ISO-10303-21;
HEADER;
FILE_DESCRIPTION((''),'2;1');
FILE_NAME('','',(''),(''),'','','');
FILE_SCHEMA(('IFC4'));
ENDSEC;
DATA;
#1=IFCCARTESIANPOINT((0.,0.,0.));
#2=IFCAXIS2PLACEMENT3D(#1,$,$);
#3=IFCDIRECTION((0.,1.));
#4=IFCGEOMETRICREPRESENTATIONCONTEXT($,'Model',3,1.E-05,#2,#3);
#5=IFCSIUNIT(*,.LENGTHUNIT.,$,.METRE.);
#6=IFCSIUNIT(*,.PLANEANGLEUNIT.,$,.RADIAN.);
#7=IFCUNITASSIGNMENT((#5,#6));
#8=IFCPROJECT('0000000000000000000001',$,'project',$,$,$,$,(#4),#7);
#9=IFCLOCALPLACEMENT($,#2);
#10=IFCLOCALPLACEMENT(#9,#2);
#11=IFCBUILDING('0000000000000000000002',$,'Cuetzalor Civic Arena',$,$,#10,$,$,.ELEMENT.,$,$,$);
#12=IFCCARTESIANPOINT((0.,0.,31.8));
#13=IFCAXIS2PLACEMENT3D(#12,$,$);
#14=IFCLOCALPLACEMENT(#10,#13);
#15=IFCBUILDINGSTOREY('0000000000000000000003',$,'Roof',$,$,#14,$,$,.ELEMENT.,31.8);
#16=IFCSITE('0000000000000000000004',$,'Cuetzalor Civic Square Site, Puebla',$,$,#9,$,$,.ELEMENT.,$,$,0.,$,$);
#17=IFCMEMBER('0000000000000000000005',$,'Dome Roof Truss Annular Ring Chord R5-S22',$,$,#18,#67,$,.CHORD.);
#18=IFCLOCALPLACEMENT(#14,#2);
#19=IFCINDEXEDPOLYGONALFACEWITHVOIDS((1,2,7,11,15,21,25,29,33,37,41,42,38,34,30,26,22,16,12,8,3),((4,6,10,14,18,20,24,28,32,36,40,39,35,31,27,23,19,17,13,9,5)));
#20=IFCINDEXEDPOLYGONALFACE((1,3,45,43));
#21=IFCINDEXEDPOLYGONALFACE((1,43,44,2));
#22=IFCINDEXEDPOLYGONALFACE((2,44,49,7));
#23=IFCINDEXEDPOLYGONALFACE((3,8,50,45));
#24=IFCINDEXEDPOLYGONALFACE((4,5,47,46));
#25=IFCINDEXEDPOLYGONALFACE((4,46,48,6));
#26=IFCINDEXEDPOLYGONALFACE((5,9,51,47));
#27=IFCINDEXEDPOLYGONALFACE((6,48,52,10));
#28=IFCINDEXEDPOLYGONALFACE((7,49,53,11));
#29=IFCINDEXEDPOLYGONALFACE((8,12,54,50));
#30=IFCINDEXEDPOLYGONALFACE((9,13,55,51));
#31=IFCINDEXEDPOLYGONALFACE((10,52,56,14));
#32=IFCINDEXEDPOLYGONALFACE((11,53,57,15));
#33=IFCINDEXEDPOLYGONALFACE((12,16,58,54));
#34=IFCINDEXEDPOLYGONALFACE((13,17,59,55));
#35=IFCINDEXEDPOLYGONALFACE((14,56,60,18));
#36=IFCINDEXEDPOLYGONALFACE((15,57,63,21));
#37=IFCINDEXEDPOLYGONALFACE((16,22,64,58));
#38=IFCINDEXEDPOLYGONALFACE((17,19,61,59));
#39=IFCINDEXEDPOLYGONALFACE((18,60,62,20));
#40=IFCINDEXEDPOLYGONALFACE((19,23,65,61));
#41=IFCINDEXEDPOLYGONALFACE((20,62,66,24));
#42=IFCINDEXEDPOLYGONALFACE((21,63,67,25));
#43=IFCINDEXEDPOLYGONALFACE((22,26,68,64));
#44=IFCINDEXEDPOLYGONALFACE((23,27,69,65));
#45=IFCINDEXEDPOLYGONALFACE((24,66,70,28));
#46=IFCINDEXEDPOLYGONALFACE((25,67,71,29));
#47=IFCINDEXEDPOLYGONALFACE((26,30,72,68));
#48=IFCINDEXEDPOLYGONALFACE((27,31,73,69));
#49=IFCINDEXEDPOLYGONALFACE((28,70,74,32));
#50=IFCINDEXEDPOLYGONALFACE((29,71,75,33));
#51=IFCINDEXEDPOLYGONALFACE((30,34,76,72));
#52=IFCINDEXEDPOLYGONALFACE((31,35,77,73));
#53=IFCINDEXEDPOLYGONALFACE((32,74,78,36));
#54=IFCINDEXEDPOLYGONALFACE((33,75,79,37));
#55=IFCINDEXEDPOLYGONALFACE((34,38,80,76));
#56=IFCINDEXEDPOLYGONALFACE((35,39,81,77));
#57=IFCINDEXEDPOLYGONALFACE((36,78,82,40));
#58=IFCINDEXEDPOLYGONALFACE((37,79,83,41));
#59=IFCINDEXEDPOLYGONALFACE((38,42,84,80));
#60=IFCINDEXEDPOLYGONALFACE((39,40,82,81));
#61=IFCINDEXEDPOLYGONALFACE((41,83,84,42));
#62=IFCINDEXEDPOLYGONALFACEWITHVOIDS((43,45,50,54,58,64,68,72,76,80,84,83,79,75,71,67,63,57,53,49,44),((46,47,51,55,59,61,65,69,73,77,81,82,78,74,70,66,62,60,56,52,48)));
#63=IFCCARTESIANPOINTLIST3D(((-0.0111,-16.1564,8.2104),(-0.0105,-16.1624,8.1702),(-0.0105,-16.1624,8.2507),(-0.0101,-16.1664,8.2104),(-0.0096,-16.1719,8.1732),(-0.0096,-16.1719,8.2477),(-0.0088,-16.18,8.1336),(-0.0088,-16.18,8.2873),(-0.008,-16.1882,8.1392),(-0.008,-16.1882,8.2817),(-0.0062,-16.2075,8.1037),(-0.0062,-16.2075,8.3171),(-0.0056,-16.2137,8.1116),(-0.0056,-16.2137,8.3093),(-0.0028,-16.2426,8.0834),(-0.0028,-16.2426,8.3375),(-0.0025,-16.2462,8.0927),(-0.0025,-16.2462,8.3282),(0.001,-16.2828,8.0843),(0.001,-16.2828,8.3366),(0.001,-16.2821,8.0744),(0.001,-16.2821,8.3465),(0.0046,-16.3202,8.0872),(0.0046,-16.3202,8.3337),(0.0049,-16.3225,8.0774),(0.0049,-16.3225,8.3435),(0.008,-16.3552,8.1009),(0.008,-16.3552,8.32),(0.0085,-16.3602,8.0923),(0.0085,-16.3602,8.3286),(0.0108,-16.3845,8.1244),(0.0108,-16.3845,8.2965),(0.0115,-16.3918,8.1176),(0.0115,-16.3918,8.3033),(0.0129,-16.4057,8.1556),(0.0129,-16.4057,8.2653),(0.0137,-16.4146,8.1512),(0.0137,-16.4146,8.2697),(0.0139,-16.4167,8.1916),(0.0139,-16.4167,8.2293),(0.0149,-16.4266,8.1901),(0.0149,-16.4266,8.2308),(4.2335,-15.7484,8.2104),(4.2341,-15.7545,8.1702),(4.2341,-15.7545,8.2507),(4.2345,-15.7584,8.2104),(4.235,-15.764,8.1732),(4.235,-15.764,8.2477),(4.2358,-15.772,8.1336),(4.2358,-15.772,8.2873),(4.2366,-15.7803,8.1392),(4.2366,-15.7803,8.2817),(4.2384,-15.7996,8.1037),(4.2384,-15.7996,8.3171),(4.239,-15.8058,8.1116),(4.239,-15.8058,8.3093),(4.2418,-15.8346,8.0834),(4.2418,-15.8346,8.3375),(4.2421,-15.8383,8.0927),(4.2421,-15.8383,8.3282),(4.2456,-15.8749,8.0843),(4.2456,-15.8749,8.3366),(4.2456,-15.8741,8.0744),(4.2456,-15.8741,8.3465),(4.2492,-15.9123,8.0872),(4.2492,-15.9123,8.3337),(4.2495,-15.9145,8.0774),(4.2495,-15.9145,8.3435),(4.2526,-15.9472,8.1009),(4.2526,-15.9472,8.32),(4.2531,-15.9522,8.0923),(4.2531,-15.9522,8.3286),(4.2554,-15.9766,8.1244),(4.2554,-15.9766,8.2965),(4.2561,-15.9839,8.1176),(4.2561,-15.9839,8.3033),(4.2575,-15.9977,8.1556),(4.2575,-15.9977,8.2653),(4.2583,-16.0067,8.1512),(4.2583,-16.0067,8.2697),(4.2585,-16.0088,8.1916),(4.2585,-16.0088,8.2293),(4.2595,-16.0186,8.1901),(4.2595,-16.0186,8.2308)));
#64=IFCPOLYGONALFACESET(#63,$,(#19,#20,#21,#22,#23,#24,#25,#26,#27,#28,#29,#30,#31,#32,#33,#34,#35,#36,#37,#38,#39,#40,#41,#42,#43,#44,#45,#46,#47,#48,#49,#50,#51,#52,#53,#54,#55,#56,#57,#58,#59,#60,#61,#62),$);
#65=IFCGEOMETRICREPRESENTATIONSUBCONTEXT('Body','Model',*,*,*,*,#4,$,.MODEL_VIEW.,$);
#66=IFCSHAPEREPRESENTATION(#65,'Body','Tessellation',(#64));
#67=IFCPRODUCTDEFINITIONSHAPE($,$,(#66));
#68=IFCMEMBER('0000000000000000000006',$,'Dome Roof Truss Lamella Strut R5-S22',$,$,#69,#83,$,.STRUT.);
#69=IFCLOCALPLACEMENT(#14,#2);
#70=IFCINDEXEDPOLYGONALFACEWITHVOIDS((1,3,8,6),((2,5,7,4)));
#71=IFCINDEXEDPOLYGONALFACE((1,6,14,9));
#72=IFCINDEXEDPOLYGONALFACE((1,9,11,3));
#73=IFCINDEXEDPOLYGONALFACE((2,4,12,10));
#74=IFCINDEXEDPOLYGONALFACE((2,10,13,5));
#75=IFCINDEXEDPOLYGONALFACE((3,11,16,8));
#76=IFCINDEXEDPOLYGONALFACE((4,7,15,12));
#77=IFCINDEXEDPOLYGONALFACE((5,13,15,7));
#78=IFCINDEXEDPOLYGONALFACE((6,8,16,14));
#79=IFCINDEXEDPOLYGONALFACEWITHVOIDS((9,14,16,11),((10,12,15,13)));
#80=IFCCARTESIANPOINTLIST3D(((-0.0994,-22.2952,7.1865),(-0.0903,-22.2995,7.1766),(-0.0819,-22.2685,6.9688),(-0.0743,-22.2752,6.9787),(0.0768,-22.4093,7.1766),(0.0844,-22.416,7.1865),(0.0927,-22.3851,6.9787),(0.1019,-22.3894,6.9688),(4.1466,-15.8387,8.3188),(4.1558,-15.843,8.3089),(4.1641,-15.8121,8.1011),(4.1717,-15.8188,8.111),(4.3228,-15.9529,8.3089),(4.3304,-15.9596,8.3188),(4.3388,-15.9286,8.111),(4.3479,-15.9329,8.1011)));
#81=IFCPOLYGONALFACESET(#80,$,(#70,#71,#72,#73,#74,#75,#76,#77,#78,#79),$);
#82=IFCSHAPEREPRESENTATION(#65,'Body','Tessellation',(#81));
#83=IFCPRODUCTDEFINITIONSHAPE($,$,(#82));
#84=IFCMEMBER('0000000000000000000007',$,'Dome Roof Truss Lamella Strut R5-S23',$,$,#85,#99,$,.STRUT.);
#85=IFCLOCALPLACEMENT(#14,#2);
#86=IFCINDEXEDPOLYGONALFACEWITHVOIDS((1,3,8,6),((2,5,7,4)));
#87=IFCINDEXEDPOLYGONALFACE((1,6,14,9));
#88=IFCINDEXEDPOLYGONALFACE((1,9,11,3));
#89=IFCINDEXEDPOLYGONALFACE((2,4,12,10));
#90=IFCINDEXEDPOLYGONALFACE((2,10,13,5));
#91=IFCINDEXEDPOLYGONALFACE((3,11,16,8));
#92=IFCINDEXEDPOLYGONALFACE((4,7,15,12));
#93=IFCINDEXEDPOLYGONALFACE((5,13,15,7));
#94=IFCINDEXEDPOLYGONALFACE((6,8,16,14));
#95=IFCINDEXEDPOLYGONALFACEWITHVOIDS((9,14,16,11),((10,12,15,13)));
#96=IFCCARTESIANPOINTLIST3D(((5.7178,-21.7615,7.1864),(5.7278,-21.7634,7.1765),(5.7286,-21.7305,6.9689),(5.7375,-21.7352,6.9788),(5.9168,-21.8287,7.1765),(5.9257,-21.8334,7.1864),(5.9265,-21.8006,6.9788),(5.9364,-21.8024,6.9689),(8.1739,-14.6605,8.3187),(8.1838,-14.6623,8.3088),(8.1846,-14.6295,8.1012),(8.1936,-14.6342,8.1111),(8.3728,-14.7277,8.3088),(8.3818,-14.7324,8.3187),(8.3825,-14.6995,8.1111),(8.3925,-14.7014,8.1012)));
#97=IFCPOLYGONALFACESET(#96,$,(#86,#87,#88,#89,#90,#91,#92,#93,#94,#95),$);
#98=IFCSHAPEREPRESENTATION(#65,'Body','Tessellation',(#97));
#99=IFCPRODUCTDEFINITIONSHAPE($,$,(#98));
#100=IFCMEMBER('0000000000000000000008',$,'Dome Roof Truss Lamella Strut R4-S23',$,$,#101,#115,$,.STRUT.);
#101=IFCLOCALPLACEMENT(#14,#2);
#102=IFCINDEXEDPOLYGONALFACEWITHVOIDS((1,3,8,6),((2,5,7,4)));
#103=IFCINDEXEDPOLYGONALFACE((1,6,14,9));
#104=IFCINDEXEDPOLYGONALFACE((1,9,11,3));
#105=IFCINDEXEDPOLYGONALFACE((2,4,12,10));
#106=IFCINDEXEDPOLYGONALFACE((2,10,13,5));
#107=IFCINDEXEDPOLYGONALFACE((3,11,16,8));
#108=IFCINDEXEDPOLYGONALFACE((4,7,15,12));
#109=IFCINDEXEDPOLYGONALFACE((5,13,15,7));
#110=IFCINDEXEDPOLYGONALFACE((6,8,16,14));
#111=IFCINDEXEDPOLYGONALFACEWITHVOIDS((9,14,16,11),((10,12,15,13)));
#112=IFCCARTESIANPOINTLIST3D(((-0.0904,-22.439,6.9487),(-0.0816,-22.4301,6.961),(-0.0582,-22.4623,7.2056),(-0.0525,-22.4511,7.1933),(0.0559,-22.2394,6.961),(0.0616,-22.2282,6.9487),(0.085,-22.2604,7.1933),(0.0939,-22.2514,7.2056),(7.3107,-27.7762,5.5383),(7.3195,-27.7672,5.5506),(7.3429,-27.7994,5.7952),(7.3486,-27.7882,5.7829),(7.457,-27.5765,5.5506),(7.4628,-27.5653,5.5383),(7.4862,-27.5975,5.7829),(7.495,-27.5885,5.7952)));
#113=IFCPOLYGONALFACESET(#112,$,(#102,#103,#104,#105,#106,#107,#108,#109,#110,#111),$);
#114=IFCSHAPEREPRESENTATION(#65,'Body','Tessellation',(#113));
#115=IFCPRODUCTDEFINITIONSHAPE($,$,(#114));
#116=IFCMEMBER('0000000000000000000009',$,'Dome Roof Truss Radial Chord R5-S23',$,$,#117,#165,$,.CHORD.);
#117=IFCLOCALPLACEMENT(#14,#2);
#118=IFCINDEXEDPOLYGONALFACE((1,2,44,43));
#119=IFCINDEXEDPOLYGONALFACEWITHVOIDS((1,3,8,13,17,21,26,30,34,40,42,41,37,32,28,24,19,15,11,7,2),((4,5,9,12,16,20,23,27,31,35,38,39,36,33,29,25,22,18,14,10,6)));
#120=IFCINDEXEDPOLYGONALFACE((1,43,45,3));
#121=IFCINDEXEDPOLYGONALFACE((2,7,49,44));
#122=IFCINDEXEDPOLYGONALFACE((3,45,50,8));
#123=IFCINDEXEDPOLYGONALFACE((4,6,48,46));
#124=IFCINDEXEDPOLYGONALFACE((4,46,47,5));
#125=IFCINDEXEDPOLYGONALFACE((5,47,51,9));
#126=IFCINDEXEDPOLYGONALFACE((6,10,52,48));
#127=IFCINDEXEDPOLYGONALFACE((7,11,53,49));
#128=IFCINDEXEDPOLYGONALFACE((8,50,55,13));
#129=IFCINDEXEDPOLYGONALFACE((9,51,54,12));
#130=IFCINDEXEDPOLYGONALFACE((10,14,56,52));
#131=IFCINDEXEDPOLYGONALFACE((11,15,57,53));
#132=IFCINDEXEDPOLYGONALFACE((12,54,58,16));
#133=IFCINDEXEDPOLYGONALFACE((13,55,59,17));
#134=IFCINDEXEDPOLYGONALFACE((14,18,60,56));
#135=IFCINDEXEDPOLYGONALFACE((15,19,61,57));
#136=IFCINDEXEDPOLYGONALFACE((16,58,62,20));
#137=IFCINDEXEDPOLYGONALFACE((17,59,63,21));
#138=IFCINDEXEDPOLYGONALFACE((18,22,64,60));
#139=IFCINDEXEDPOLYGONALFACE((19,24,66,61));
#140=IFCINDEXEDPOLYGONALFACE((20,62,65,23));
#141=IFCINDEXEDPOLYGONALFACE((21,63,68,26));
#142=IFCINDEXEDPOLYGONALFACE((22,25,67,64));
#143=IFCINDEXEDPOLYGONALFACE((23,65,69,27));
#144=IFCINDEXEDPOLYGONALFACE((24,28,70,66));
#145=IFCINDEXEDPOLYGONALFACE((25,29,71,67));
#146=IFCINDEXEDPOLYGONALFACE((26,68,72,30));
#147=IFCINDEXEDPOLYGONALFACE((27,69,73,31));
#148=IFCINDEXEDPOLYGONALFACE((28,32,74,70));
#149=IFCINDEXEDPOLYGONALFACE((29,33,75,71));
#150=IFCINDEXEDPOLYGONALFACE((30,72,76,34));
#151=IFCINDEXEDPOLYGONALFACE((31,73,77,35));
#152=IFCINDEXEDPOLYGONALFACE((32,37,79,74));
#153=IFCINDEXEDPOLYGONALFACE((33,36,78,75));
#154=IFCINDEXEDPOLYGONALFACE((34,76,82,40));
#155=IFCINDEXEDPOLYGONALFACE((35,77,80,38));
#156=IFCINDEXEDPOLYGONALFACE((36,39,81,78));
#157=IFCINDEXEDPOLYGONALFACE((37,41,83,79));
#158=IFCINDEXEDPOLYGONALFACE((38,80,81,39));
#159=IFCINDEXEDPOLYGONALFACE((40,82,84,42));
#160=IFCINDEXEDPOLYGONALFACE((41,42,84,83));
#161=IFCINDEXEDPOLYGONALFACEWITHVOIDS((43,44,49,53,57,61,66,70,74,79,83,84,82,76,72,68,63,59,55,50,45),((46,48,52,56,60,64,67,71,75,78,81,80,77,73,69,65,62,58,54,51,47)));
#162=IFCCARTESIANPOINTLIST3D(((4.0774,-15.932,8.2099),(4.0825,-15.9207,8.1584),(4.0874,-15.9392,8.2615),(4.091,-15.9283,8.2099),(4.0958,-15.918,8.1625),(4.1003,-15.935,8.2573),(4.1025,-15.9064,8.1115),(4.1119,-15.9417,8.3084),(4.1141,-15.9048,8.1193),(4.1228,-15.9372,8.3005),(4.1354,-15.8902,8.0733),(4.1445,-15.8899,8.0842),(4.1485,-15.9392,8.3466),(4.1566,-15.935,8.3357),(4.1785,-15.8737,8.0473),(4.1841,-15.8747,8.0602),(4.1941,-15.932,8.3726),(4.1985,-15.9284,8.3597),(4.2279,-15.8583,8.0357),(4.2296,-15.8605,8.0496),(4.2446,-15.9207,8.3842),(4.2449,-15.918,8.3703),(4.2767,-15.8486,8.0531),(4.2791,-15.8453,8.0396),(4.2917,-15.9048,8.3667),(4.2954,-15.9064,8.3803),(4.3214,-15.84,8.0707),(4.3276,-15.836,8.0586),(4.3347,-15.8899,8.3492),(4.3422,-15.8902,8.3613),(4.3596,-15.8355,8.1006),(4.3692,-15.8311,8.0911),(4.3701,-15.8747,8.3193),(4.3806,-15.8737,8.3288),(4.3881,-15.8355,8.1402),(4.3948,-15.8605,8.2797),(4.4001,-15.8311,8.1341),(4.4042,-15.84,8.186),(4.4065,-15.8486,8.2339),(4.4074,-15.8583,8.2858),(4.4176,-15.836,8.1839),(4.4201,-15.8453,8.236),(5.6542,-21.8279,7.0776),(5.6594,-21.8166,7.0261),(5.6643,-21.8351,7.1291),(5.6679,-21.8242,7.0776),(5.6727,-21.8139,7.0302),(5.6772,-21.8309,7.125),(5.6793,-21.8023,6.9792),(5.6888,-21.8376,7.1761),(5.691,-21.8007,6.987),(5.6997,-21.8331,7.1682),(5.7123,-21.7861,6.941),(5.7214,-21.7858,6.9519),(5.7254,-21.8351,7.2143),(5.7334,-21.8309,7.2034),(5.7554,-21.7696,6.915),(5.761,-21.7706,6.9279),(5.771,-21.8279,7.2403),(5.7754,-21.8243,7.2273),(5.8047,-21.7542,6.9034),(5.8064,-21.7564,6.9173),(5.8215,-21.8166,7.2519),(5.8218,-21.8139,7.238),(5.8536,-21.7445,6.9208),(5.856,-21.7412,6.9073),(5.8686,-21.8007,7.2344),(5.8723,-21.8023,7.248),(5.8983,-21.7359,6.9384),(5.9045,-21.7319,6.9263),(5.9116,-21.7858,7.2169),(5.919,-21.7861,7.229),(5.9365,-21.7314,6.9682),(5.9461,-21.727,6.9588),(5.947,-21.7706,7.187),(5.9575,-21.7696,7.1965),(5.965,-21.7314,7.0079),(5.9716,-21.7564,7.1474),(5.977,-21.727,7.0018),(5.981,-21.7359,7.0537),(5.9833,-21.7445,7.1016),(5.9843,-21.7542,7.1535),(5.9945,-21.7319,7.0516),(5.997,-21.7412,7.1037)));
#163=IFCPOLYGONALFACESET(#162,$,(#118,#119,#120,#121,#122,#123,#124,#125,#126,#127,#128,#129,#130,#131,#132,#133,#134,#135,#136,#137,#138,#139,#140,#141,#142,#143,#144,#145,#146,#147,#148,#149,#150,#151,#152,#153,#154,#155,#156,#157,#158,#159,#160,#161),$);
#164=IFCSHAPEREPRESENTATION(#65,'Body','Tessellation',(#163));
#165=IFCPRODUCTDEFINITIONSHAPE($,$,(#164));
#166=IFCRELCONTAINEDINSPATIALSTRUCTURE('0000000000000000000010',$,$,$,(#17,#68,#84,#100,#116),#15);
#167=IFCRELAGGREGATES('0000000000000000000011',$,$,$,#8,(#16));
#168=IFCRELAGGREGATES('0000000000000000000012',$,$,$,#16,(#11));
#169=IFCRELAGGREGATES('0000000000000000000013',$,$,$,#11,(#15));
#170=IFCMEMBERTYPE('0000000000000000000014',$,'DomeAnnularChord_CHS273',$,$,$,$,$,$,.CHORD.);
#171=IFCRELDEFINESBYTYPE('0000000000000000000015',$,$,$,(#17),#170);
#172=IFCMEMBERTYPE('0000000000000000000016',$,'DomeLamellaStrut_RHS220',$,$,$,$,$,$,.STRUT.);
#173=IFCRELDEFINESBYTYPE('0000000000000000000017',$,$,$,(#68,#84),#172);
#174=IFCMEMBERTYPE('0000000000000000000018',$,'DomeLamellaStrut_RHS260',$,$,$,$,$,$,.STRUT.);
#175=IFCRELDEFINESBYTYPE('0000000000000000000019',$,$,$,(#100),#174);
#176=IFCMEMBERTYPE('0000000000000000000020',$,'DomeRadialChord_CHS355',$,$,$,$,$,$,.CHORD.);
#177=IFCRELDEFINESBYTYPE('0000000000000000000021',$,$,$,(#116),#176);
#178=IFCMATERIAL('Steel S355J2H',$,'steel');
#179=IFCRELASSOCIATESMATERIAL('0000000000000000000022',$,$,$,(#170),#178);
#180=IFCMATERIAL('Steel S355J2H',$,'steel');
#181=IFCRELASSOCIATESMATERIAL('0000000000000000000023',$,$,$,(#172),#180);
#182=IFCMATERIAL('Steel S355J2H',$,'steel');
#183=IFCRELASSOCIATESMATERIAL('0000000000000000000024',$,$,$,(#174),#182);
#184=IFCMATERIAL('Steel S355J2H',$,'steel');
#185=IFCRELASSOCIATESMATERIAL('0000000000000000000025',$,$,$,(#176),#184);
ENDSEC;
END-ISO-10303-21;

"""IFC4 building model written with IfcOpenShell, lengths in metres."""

from ifc_helpers import new_model, si_unit, direction, frame, origin, origin_2d, place, context, subcontext, project, spatial, hollow_rectangle, hollow_circle, extrude, material, material_profile, profile_set, type_object, element, save


model = new_model("IFC4")

# Units and contexts
model_context = context("Model", 3, precision=1e-05, world=origin(), true_north=direction((0.0, 1.0)))
body_context = subcontext(model_context, "Body", "Model", "MODEL_VIEW")
ifc_project = project(units=[si_unit("LENGTHUNIT", "METRE"), si_unit("PLANEANGLEUNIT", "RADIAN")], contexts=[model_context])

# Site, building, storey
site_placement = place(None, origin())
site = spatial("IfcSite", under=ifc_project, at=site_placement, Name="Cuetzalor Civic Square Site, Puebla", CompositionType="ELEMENT", RefElevation=0.0)
building_placement = place(site_placement, origin())
building = spatial("IfcBuilding", under=site, at=building_placement, Name="Cuetzalor Civic Arena", CompositionType="ELEMENT")
storey_placement = place(building_placement, frame((0.0, 0.0, 31.8)))
storey = spatial("IfcBuildingStorey", under=building, at=storey_placement, Name="Roof", CompositionType="ELEMENT", Elevation=31.8)

# Members
ifc_material_1 = material(Name="Steel S355J2H", Category="steel")
ifc_material_profile_1 = material_profile(ifc_material_1, hollow_circle(Radius=0.1365, WallThickness=0.01, at=origin_2d()), Name="CHS 273x10")
ifc_profile_set_1 = profile_set([ifc_material_profile_1], Name="Steel S355J2H")
member_type_1 = type_object("IfcMemberType", Name="DomeAnnularChord_CHS273", PredefinedType="CHORD", material=ifc_profile_set_1)
member_1_placement = place(storey_placement, frame((0.002, -16.2922, 8.2104), z_axis=(0.995413, 0.095671, 0.0), x_axis=(-0.095671, 0.995413, 0.0)))
element("IfcMember", 1, at=member_1_placement, inside=storey, type_object=member_type_1, Name="Dome Roof Truss Annular Ring Chord R5-S22", PredefinedType="CHORD", context=body_context, shape_type="SweptSolid", body=[
    extrude(hollow_circle(Radius=0.1365, WallThickness=0.01, at=origin_2d()), origin(), (0.0, 0.0, 1.0), 4.2642),
])
ifc_material_2 = material(Name="Steel S355J2H", Category="steel")
ifc_material_profile_2 = material_profile(ifc_material_2, hollow_rectangle(XDim=0.22, YDim=0.22, WallThickness=0.01, at=origin_2d()), Name="RHS 220x220x10")
ifc_profile_set_2 = profile_set([ifc_material_profile_2], Name="Steel S355J2H")
member_type_2 = type_object("IfcMemberType", Name="DomeLamellaStrut_RHS220", PredefinedType="STRUT", material=ifc_profile_set_2)
member_2_placement = place(storey_placement, frame((0.0012, -22.3423, 7.0776), z_axis=(0.543664, 0.826686, 0.144981), x_axis=(-0.835514, 0.549469, 0.0)))
element("IfcMember", 2, at=member_2_placement, inside=storey, type_object=member_type_2, Name="Dome Roof Truss Lamella Strut R5-S22", PredefinedType="STRUT", context=body_context, shape_type="SweptSolid", body=[
    extrude(hollow_rectangle(XDim=0.22, YDim=0.22, WallThickness=0.01, at=origin_2d()), origin(), (0.0, 0.0, 1.0), 7.8101),
])
member_3_placement = place(storey_placement, frame((5.8271, -21.782, 7.0776), z_axis=(0.323222, 0.934517, 0.149016), x_axis=(-0.945069, 0.326872, 0.0)))
element("IfcMember", 3, at=member_3_placement, inside=storey, type_object=member_type_2, Name="Dome Roof Truss Lamella Strut R5-S23", PredefinedType="STRUT", context=body_context, shape_type="SweptSolid", body=[
    extrude(hollow_rectangle(XDim=0.22, YDim=0.22, WallThickness=0.01, at=origin_2d()), origin(), (0.0, 0.0, 1.0), 7.5986),
])
ifc_material_3 = material(Name="Steel S355J2H", Category="steel")
ifc_material_profile_3 = material_profile(ifc_material_3, hollow_rectangle(XDim=0.26, YDim=0.26, WallThickness=0.0125, at=origin_2d()), Name="RHS 260x260x12.5")
ifc_profile_set_3 = profile_set([ifc_material_profile_3], Name="Steel S355J2H")
member_type_3 = type_object("IfcMemberType", Name="DomeLamellaStrut_RHS260", PredefinedType="STRUT", material=ifc_profile_set_3)
member_4_placement = place(storey_placement, frame((7.4028, -27.6824, 5.6667), z_axis=(-0.801581, 0.578043, 0.152754), x_axis=(-0.584907, -0.8111, 0.0)))
element("IfcMember", 4, at=member_4_placement, inside=storey, type_object=member_type_3, Name="Dome Roof Truss Lamella Strut R4-S23", PredefinedType="STRUT", context=body_context, shape_type="SweptSolid", body=[
    extrude(hollow_rectangle(XDim=0.26, YDim=0.26, WallThickness=0.0125, at=origin_2d()), origin(), (0.0, 0.0, 1.0), 9.2332),
])
ifc_material_4 = material(Name="Steel S355J2H", Category="steel")
ifc_material_profile_4 = material_profile(ifc_material_4, hollow_circle(Radius=0.1777, WallThickness=0.0142, at=origin_2d()), Name="CHS 355.6x14.2")
ifc_profile_set_4 = profile_set([ifc_material_profile_4], Name="Steel S355J2H")
member_type_4 = type_object("IfcMemberType", Name="DomeRadialChord_CHS355", PredefinedType="CHORD", material=ifc_profile_set_4)
member_5_placement = place(storey_placement, frame((5.8259, -21.782, 7.0776), z_axis=(-0.254037, 0.949837, 0.182416), x_axis=(-0.966045, -0.258372, 0.0)))
element("IfcMember", 5, at=member_5_placement, inside=storey, type_object=member_type_4, Name="Dome Roof Truss Radial Chord R5-S23", PredefinedType="CHORD", context=body_context, shape_type="SweptSolid", body=[
    extrude(hollow_circle(Radius=0.1777, WallThickness=0.0142, at=origin_2d()), origin(), (0.0, 0.0, 1.0), 6.2073),
])

save(model, "model.ifc")
